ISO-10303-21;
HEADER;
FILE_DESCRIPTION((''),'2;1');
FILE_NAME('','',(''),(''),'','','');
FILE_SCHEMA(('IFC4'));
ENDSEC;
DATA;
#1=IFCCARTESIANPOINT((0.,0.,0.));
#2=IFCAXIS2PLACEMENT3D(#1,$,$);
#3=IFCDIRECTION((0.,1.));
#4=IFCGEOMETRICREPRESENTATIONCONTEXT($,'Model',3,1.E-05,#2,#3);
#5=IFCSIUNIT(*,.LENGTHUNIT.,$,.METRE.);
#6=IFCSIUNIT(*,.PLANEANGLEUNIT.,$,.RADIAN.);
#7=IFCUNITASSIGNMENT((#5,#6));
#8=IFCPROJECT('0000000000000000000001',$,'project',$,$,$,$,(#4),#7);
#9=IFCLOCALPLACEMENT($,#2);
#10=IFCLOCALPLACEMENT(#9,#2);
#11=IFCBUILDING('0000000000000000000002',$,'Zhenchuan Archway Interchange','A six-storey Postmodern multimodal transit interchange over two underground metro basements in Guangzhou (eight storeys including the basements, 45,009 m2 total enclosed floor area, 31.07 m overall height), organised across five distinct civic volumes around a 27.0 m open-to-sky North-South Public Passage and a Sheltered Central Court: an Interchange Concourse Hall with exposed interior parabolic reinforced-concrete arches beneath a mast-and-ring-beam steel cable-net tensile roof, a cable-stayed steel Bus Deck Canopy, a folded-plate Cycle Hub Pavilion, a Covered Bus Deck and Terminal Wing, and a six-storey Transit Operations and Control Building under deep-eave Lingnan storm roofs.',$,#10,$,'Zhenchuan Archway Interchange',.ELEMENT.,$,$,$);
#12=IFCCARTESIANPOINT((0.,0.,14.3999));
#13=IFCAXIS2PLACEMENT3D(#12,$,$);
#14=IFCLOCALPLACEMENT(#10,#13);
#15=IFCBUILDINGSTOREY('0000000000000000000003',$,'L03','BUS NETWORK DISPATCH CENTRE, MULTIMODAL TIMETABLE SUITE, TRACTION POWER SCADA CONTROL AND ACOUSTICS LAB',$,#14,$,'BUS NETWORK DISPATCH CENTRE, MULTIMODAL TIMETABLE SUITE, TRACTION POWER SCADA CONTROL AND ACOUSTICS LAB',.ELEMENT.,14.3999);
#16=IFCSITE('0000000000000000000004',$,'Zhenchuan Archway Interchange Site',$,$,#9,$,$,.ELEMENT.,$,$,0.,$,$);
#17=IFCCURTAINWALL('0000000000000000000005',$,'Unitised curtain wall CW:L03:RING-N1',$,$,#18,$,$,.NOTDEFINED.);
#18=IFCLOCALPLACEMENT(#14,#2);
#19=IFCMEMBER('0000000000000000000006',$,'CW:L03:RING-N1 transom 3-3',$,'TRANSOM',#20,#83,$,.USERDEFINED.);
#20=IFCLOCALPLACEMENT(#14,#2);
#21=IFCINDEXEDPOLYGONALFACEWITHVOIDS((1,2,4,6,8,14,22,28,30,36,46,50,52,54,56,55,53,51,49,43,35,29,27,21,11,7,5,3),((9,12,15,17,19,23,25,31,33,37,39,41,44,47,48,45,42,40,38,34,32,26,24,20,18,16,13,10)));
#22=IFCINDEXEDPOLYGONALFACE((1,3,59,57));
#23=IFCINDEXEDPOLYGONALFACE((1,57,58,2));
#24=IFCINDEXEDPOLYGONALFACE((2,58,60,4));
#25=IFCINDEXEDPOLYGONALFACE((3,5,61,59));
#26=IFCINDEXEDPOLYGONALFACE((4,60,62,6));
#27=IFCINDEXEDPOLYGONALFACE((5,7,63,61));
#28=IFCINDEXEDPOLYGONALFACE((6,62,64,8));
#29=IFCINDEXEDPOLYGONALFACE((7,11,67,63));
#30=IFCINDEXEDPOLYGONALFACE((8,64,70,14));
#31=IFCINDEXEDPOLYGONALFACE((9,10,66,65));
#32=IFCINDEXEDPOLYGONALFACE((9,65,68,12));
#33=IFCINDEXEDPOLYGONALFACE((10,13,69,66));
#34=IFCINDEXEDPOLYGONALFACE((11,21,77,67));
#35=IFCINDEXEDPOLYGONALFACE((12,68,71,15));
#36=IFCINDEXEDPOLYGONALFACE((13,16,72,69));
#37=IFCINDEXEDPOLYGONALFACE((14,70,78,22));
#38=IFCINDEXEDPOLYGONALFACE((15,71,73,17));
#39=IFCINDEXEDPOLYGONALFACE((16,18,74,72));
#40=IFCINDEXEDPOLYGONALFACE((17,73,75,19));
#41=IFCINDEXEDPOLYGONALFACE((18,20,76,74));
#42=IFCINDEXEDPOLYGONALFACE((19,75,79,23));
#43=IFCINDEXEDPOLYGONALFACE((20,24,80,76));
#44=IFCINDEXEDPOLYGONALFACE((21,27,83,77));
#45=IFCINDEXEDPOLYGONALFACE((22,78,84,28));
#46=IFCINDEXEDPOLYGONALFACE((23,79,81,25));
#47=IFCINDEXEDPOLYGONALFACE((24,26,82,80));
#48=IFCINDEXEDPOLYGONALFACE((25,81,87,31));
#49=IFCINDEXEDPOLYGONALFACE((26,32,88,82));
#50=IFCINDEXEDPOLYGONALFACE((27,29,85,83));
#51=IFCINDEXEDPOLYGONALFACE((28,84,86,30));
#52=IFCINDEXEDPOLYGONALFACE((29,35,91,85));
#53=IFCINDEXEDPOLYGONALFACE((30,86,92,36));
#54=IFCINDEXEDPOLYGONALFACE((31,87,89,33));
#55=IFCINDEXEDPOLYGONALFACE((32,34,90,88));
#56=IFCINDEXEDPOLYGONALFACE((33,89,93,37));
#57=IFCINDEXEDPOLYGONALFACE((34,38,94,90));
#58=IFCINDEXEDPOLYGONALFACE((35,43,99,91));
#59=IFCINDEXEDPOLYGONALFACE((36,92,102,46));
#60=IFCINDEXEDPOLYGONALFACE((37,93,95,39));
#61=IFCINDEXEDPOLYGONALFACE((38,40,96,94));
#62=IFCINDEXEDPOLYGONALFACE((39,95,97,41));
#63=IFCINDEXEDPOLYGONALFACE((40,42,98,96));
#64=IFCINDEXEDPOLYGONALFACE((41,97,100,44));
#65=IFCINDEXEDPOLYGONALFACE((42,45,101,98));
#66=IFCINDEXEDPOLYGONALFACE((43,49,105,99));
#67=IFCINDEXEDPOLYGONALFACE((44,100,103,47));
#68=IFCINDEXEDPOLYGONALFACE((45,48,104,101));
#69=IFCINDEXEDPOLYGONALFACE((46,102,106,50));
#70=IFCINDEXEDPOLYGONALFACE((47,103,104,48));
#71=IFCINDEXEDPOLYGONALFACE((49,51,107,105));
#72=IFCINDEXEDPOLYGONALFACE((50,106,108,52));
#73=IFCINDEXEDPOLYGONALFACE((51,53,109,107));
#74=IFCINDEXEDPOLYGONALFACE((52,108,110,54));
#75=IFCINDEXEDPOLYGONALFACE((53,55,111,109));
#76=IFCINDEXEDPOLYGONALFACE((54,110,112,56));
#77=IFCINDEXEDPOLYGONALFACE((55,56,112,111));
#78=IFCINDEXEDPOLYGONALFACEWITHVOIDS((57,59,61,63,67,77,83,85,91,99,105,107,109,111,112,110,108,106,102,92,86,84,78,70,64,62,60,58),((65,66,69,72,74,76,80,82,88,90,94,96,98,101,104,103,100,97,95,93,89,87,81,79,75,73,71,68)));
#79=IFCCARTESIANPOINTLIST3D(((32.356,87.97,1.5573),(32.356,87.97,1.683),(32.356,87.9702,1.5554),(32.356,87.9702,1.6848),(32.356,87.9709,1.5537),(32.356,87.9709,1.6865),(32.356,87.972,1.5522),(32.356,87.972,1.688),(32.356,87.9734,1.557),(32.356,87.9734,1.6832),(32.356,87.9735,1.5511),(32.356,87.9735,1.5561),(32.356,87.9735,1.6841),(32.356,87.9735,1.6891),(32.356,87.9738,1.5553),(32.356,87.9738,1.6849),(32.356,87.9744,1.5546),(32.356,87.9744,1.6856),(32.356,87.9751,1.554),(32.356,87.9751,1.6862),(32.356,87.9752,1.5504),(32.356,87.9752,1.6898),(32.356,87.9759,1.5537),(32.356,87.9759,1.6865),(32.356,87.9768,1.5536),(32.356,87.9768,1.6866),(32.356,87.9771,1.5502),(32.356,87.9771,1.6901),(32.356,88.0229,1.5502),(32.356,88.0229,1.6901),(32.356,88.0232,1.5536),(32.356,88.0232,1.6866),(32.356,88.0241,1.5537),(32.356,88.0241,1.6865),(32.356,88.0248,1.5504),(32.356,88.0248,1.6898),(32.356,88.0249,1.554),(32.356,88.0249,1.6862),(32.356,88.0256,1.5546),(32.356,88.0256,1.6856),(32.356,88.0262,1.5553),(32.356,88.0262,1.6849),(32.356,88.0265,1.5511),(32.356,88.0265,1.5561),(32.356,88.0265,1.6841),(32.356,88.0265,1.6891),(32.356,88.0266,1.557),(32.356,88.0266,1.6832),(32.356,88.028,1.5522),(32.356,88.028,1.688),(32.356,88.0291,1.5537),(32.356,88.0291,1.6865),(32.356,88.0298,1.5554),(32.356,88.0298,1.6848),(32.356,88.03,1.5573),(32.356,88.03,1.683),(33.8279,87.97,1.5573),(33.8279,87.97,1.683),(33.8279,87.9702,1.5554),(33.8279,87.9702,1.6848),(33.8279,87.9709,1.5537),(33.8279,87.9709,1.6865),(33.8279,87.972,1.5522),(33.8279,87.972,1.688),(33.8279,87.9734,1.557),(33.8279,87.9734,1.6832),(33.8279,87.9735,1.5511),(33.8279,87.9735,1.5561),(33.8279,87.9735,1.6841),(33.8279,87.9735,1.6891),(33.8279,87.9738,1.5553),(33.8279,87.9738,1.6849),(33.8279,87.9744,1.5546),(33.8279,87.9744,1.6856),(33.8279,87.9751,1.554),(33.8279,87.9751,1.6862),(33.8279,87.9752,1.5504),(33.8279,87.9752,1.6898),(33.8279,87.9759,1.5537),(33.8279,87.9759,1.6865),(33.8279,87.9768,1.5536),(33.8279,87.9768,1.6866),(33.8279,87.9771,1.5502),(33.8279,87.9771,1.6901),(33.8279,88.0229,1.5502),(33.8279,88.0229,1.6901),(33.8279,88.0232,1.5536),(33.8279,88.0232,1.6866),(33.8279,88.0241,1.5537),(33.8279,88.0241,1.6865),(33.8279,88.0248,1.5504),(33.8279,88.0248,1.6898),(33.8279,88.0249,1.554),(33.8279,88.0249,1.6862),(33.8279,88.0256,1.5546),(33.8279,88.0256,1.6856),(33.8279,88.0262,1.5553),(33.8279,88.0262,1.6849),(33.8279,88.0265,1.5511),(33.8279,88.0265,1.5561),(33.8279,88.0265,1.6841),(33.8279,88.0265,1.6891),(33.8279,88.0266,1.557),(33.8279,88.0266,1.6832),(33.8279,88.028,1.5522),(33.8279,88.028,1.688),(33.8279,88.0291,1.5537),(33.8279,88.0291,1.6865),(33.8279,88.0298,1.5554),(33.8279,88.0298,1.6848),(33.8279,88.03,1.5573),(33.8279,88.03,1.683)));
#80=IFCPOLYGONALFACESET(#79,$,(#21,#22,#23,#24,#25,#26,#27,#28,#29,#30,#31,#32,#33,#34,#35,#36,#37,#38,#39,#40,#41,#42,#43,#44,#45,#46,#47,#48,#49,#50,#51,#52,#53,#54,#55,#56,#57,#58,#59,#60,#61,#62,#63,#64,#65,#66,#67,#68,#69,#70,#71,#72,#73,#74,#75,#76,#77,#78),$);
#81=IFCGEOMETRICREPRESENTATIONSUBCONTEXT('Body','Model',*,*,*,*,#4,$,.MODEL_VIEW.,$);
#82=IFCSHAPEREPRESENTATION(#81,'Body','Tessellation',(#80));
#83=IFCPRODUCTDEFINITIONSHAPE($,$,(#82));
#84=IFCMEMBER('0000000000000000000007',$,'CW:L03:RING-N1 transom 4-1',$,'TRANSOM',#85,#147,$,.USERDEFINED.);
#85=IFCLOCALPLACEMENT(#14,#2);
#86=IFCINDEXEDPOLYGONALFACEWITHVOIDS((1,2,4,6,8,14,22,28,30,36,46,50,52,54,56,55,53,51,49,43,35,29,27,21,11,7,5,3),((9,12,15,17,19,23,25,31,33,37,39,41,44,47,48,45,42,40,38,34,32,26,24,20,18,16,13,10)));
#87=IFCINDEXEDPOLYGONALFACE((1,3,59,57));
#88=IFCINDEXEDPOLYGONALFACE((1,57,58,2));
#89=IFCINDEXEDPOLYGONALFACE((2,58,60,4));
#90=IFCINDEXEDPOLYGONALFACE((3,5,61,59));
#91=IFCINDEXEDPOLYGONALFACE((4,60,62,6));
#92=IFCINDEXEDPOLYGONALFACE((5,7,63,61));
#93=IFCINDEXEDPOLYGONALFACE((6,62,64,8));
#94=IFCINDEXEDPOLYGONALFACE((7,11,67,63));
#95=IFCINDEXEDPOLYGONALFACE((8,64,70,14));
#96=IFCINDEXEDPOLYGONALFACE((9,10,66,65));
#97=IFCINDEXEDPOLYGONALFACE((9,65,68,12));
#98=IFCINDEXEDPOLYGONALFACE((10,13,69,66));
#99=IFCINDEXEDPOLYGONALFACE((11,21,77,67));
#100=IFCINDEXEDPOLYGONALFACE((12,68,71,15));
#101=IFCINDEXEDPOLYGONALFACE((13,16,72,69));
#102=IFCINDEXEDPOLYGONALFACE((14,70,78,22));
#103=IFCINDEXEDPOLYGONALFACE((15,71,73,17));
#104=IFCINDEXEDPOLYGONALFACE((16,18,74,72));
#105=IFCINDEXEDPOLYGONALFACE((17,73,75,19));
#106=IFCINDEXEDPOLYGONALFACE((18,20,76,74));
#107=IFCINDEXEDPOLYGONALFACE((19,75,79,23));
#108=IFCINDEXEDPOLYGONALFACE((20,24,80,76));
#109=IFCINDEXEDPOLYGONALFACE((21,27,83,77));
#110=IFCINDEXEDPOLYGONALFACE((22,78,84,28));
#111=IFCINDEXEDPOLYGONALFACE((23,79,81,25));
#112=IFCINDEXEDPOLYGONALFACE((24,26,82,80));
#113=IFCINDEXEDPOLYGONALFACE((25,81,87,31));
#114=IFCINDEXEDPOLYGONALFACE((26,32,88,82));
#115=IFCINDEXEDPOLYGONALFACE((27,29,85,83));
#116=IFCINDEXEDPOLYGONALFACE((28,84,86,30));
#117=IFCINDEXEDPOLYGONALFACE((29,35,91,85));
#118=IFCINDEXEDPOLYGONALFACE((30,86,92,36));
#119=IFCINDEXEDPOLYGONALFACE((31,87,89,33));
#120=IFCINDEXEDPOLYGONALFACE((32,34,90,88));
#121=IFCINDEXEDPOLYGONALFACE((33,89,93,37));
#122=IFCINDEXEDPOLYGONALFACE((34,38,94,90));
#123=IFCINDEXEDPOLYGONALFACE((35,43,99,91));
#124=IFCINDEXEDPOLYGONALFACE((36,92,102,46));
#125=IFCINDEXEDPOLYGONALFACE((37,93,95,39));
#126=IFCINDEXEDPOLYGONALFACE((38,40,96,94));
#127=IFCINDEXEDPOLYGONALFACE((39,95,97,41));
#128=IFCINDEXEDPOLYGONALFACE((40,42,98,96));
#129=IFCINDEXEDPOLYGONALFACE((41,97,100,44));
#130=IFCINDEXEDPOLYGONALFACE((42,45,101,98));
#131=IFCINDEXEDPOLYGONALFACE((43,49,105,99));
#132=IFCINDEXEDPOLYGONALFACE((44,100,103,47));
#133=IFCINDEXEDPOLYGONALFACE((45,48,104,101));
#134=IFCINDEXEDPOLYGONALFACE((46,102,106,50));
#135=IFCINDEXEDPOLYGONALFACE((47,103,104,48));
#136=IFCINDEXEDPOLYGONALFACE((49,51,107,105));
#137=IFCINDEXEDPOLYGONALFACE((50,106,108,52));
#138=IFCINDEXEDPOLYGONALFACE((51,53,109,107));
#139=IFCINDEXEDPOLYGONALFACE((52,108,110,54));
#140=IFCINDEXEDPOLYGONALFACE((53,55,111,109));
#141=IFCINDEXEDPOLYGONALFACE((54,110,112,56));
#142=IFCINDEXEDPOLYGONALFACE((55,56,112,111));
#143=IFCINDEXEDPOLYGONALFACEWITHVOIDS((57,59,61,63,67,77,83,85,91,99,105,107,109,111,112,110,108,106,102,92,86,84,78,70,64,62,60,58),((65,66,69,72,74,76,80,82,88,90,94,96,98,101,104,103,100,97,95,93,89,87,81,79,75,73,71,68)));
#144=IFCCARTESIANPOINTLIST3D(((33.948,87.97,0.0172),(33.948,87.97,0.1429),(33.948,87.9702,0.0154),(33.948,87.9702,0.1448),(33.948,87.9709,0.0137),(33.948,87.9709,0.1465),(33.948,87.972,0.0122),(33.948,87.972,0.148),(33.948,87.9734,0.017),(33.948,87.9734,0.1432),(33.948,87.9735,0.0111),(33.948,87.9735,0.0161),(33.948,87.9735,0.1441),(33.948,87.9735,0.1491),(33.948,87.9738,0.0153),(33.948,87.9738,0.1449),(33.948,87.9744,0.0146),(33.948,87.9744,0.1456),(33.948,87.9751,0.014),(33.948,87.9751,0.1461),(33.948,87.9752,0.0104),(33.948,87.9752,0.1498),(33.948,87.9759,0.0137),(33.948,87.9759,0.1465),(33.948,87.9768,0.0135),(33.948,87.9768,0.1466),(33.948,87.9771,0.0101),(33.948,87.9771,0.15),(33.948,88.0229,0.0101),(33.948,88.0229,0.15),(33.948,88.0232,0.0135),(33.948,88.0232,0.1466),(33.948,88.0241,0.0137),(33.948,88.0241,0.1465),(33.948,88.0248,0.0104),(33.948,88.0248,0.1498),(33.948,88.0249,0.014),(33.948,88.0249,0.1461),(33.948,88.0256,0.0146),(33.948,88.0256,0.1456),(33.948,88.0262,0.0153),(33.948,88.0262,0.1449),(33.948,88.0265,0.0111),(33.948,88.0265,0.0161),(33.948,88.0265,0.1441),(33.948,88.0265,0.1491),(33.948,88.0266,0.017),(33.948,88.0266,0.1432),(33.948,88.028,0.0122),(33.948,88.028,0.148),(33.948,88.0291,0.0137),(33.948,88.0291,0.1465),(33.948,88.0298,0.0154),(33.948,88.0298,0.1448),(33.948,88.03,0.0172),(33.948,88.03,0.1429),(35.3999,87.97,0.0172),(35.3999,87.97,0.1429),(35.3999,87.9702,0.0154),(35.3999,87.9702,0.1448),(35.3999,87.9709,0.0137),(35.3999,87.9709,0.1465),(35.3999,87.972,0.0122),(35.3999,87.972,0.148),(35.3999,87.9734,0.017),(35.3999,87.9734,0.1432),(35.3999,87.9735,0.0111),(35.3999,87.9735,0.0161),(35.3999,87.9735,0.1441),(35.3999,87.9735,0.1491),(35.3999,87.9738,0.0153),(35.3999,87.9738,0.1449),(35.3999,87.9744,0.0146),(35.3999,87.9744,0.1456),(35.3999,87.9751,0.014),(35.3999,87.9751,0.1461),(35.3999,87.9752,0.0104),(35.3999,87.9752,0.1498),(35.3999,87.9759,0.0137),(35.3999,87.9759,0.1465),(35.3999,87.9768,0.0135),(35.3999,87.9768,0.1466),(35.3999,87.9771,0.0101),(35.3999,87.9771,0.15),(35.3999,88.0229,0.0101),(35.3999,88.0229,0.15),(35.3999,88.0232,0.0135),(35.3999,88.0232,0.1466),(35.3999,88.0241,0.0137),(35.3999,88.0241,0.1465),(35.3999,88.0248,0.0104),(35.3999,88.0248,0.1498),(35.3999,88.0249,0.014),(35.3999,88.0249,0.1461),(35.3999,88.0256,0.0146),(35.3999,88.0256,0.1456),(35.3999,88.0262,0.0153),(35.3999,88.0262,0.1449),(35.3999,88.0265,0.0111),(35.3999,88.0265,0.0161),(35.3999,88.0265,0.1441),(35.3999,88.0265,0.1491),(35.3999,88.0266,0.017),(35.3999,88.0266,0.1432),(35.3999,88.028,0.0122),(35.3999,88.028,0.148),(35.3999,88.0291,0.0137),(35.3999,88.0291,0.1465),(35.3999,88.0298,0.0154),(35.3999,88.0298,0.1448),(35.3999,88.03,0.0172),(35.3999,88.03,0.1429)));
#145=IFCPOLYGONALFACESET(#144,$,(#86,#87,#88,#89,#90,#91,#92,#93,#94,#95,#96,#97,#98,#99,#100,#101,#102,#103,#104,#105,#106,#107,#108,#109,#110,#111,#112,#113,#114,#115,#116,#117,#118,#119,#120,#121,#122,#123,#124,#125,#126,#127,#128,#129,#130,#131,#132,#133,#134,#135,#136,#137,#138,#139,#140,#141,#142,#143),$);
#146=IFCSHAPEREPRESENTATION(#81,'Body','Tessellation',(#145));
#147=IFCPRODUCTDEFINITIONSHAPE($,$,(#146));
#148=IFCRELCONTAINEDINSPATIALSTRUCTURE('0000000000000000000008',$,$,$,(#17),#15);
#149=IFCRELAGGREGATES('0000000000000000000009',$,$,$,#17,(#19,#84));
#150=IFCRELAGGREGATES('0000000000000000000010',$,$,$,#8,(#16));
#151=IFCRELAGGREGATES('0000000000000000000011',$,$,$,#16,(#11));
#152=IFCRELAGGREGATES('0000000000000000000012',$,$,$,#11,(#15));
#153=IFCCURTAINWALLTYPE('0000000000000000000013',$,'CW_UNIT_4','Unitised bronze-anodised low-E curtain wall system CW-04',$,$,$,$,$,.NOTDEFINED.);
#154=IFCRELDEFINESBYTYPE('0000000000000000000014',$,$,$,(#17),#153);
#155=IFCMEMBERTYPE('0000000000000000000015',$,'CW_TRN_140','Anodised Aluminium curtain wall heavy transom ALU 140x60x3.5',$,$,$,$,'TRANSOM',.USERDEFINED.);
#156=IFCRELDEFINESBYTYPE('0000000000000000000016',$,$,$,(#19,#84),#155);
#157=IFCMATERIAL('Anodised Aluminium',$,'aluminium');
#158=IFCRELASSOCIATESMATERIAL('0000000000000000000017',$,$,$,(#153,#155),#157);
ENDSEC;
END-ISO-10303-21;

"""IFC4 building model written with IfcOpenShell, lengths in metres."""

from ifc_helpers import new_model, si_unit, direction, frame, origin, origin_2d, place, context, subcontext, project, spatial, hollow_rectangle, extrude, material, material_profile, profile_set, type_object, element, aggregate, save


model = new_model("IFC4")

# Units and contexts
model_context = context("Model", 3, precision=1e-05, world=origin(), true_north=direction((0.0, 1.0)))
body_context = subcontext(model_context, "Body", "Model", "MODEL_VIEW")
ifc_project = project(units=[si_unit("LENGTHUNIT", "METRE"), si_unit("PLANEANGLEUNIT", "RADIAN")], contexts=[model_context])

# Site, building, storey
site_placement = place(None, origin())
site = spatial("IfcSite", under=ifc_project, at=site_placement, Name="Zhenchuan Archway Interchange Site", CompositionType="ELEMENT", RefElevation=0.0)
building_placement = place(site_placement, origin())
building = spatial("IfcBuilding", under=site, at=building_placement, Name="Zhenchuan Archway Interchange", Description="A six-storey Postmodern multimodal transit interchange over two underground metro basements in Guangzhou (eight storeys including the basements, 45,009 m2 total enclosed floor area, 31.07 m overall height), organised across five distinct civic volumes around a 27.0 m open-to-sky North-South Public Passage and a Sheltered Central Court: an Interchange Concourse Hall with exposed interior parabolic reinforced-concrete arches beneath a mast-and-ring-beam steel cable-net tensile roof, a cable-stayed steel Bus Deck Canopy, a folded-plate Cycle Hub Pavilion, a Covered Bus Deck and Terminal Wing, and a six-storey Transit Operations and Control Building under deep-eave Lingnan storm roofs.", LongName="Zhenchuan Archway Interchange", CompositionType="ELEMENT")
storey_placement = place(building_placement, frame((0.0, 0.0, 14.3999)))
storey = spatial("IfcBuildingStorey", under=building, at=storey_placement, Name="L03", Description="BUS NETWORK DISPATCH CENTRE, MULTIMODAL TIMETABLE SUITE, TRACTION POWER SCADA CONTROL AND ACOUSTICS LAB", LongName="BUS NETWORK DISPATCH CENTRE, MULTIMODAL TIMETABLE SUITE, TRACTION POWER SCADA CONTROL AND ACOUSTICS LAB", CompositionType="ELEMENT", Elevation=14.3999)

# Curtain wall, members
ifc_material_1 = material(Name="Anodised Aluminium", Category="aluminium")
curtain_wall_type = type_object("IfcCurtainWallType", Name="CW_UNIT_4", Description="Unitised bronze-anodised low-E curtain wall system CW-04", PredefinedType="NOTDEFINED", material=ifc_material_1)
curtain_wall_placement = place(storey_placement, origin())
curtain_wall = element("IfcCurtainWall", 1, at=curtain_wall_placement, inside=storey, type_object=curtain_wall_type, Name="Unitised curtain wall CW:L03:RING-N1", PredefinedType="NOTDEFINED")
ifc_material_profile_1 = material_profile(ifc_material_1, hollow_rectangle(XDim=0.0601, YDim=0.1399, WallThickness=0.0034, InnerFilletRadius=0.0034, OuterFilletRadius=0.0071, at=origin_2d()), Name="ALU 140x60x3.5")
ifc_profile_set_1 = profile_set([ifc_material_profile_1], Name="Anodised Aluminium")
member_type_1 = type_object("IfcMemberType", Name="CW_TRN_140", Description="Anodised Aluminium curtain wall heavy transom ALU 140x60x3.5", ElementType="TRANSOM", PredefinedType="USERDEFINED", material=ifc_profile_set_1)
member_1_placement = place(storey_placement, frame((32.356, 88.0, 1.6201), z_axis=(1.0, 0.0, 0.0), x_axis=(0.0, 1.0, 0.0)))
member_1 = element("IfcMember", 2, at=member_1_placement, type_object=member_type_1, Name="CW:L03:RING-N1 transom 3-3", ObjectType="TRANSOM", PredefinedType="USERDEFINED", context=body_context, shape_type="SweptSolid", body=[
    extrude(hollow_rectangle(XDim=0.0601, YDim=0.1399, WallThickness=0.0034, InnerFilletRadius=0.0034, OuterFilletRadius=0.0071, at=origin_2d()), origin(), (0.0, 0.0, 1.0), 1.4719),
])
member_2_placement = place(storey_placement, frame((33.948, 88.0, 0.0801), z_axis=(1.0, 0.0, 0.0), x_axis=(0.0, 1.0, 0.0)))
member_2 = element("IfcMember", 3, at=member_2_placement, type_object=member_type_1, Name="CW:L03:RING-N1 transom 4-1", ObjectType="TRANSOM", PredefinedType="USERDEFINED", context=body_context, shape_type="SweptSolid", body=[
    extrude(hollow_rectangle(XDim=0.0601, YDim=0.1399, WallThickness=0.0034, InnerFilletRadius=0.0034, OuterFilletRadius=0.0071, at=origin_2d()), origin(), (0.0, 0.0, 1.0), 1.4519),
])

aggregate(curtain_wall, [member_1, member_2])

save(model, "model.ifc")
